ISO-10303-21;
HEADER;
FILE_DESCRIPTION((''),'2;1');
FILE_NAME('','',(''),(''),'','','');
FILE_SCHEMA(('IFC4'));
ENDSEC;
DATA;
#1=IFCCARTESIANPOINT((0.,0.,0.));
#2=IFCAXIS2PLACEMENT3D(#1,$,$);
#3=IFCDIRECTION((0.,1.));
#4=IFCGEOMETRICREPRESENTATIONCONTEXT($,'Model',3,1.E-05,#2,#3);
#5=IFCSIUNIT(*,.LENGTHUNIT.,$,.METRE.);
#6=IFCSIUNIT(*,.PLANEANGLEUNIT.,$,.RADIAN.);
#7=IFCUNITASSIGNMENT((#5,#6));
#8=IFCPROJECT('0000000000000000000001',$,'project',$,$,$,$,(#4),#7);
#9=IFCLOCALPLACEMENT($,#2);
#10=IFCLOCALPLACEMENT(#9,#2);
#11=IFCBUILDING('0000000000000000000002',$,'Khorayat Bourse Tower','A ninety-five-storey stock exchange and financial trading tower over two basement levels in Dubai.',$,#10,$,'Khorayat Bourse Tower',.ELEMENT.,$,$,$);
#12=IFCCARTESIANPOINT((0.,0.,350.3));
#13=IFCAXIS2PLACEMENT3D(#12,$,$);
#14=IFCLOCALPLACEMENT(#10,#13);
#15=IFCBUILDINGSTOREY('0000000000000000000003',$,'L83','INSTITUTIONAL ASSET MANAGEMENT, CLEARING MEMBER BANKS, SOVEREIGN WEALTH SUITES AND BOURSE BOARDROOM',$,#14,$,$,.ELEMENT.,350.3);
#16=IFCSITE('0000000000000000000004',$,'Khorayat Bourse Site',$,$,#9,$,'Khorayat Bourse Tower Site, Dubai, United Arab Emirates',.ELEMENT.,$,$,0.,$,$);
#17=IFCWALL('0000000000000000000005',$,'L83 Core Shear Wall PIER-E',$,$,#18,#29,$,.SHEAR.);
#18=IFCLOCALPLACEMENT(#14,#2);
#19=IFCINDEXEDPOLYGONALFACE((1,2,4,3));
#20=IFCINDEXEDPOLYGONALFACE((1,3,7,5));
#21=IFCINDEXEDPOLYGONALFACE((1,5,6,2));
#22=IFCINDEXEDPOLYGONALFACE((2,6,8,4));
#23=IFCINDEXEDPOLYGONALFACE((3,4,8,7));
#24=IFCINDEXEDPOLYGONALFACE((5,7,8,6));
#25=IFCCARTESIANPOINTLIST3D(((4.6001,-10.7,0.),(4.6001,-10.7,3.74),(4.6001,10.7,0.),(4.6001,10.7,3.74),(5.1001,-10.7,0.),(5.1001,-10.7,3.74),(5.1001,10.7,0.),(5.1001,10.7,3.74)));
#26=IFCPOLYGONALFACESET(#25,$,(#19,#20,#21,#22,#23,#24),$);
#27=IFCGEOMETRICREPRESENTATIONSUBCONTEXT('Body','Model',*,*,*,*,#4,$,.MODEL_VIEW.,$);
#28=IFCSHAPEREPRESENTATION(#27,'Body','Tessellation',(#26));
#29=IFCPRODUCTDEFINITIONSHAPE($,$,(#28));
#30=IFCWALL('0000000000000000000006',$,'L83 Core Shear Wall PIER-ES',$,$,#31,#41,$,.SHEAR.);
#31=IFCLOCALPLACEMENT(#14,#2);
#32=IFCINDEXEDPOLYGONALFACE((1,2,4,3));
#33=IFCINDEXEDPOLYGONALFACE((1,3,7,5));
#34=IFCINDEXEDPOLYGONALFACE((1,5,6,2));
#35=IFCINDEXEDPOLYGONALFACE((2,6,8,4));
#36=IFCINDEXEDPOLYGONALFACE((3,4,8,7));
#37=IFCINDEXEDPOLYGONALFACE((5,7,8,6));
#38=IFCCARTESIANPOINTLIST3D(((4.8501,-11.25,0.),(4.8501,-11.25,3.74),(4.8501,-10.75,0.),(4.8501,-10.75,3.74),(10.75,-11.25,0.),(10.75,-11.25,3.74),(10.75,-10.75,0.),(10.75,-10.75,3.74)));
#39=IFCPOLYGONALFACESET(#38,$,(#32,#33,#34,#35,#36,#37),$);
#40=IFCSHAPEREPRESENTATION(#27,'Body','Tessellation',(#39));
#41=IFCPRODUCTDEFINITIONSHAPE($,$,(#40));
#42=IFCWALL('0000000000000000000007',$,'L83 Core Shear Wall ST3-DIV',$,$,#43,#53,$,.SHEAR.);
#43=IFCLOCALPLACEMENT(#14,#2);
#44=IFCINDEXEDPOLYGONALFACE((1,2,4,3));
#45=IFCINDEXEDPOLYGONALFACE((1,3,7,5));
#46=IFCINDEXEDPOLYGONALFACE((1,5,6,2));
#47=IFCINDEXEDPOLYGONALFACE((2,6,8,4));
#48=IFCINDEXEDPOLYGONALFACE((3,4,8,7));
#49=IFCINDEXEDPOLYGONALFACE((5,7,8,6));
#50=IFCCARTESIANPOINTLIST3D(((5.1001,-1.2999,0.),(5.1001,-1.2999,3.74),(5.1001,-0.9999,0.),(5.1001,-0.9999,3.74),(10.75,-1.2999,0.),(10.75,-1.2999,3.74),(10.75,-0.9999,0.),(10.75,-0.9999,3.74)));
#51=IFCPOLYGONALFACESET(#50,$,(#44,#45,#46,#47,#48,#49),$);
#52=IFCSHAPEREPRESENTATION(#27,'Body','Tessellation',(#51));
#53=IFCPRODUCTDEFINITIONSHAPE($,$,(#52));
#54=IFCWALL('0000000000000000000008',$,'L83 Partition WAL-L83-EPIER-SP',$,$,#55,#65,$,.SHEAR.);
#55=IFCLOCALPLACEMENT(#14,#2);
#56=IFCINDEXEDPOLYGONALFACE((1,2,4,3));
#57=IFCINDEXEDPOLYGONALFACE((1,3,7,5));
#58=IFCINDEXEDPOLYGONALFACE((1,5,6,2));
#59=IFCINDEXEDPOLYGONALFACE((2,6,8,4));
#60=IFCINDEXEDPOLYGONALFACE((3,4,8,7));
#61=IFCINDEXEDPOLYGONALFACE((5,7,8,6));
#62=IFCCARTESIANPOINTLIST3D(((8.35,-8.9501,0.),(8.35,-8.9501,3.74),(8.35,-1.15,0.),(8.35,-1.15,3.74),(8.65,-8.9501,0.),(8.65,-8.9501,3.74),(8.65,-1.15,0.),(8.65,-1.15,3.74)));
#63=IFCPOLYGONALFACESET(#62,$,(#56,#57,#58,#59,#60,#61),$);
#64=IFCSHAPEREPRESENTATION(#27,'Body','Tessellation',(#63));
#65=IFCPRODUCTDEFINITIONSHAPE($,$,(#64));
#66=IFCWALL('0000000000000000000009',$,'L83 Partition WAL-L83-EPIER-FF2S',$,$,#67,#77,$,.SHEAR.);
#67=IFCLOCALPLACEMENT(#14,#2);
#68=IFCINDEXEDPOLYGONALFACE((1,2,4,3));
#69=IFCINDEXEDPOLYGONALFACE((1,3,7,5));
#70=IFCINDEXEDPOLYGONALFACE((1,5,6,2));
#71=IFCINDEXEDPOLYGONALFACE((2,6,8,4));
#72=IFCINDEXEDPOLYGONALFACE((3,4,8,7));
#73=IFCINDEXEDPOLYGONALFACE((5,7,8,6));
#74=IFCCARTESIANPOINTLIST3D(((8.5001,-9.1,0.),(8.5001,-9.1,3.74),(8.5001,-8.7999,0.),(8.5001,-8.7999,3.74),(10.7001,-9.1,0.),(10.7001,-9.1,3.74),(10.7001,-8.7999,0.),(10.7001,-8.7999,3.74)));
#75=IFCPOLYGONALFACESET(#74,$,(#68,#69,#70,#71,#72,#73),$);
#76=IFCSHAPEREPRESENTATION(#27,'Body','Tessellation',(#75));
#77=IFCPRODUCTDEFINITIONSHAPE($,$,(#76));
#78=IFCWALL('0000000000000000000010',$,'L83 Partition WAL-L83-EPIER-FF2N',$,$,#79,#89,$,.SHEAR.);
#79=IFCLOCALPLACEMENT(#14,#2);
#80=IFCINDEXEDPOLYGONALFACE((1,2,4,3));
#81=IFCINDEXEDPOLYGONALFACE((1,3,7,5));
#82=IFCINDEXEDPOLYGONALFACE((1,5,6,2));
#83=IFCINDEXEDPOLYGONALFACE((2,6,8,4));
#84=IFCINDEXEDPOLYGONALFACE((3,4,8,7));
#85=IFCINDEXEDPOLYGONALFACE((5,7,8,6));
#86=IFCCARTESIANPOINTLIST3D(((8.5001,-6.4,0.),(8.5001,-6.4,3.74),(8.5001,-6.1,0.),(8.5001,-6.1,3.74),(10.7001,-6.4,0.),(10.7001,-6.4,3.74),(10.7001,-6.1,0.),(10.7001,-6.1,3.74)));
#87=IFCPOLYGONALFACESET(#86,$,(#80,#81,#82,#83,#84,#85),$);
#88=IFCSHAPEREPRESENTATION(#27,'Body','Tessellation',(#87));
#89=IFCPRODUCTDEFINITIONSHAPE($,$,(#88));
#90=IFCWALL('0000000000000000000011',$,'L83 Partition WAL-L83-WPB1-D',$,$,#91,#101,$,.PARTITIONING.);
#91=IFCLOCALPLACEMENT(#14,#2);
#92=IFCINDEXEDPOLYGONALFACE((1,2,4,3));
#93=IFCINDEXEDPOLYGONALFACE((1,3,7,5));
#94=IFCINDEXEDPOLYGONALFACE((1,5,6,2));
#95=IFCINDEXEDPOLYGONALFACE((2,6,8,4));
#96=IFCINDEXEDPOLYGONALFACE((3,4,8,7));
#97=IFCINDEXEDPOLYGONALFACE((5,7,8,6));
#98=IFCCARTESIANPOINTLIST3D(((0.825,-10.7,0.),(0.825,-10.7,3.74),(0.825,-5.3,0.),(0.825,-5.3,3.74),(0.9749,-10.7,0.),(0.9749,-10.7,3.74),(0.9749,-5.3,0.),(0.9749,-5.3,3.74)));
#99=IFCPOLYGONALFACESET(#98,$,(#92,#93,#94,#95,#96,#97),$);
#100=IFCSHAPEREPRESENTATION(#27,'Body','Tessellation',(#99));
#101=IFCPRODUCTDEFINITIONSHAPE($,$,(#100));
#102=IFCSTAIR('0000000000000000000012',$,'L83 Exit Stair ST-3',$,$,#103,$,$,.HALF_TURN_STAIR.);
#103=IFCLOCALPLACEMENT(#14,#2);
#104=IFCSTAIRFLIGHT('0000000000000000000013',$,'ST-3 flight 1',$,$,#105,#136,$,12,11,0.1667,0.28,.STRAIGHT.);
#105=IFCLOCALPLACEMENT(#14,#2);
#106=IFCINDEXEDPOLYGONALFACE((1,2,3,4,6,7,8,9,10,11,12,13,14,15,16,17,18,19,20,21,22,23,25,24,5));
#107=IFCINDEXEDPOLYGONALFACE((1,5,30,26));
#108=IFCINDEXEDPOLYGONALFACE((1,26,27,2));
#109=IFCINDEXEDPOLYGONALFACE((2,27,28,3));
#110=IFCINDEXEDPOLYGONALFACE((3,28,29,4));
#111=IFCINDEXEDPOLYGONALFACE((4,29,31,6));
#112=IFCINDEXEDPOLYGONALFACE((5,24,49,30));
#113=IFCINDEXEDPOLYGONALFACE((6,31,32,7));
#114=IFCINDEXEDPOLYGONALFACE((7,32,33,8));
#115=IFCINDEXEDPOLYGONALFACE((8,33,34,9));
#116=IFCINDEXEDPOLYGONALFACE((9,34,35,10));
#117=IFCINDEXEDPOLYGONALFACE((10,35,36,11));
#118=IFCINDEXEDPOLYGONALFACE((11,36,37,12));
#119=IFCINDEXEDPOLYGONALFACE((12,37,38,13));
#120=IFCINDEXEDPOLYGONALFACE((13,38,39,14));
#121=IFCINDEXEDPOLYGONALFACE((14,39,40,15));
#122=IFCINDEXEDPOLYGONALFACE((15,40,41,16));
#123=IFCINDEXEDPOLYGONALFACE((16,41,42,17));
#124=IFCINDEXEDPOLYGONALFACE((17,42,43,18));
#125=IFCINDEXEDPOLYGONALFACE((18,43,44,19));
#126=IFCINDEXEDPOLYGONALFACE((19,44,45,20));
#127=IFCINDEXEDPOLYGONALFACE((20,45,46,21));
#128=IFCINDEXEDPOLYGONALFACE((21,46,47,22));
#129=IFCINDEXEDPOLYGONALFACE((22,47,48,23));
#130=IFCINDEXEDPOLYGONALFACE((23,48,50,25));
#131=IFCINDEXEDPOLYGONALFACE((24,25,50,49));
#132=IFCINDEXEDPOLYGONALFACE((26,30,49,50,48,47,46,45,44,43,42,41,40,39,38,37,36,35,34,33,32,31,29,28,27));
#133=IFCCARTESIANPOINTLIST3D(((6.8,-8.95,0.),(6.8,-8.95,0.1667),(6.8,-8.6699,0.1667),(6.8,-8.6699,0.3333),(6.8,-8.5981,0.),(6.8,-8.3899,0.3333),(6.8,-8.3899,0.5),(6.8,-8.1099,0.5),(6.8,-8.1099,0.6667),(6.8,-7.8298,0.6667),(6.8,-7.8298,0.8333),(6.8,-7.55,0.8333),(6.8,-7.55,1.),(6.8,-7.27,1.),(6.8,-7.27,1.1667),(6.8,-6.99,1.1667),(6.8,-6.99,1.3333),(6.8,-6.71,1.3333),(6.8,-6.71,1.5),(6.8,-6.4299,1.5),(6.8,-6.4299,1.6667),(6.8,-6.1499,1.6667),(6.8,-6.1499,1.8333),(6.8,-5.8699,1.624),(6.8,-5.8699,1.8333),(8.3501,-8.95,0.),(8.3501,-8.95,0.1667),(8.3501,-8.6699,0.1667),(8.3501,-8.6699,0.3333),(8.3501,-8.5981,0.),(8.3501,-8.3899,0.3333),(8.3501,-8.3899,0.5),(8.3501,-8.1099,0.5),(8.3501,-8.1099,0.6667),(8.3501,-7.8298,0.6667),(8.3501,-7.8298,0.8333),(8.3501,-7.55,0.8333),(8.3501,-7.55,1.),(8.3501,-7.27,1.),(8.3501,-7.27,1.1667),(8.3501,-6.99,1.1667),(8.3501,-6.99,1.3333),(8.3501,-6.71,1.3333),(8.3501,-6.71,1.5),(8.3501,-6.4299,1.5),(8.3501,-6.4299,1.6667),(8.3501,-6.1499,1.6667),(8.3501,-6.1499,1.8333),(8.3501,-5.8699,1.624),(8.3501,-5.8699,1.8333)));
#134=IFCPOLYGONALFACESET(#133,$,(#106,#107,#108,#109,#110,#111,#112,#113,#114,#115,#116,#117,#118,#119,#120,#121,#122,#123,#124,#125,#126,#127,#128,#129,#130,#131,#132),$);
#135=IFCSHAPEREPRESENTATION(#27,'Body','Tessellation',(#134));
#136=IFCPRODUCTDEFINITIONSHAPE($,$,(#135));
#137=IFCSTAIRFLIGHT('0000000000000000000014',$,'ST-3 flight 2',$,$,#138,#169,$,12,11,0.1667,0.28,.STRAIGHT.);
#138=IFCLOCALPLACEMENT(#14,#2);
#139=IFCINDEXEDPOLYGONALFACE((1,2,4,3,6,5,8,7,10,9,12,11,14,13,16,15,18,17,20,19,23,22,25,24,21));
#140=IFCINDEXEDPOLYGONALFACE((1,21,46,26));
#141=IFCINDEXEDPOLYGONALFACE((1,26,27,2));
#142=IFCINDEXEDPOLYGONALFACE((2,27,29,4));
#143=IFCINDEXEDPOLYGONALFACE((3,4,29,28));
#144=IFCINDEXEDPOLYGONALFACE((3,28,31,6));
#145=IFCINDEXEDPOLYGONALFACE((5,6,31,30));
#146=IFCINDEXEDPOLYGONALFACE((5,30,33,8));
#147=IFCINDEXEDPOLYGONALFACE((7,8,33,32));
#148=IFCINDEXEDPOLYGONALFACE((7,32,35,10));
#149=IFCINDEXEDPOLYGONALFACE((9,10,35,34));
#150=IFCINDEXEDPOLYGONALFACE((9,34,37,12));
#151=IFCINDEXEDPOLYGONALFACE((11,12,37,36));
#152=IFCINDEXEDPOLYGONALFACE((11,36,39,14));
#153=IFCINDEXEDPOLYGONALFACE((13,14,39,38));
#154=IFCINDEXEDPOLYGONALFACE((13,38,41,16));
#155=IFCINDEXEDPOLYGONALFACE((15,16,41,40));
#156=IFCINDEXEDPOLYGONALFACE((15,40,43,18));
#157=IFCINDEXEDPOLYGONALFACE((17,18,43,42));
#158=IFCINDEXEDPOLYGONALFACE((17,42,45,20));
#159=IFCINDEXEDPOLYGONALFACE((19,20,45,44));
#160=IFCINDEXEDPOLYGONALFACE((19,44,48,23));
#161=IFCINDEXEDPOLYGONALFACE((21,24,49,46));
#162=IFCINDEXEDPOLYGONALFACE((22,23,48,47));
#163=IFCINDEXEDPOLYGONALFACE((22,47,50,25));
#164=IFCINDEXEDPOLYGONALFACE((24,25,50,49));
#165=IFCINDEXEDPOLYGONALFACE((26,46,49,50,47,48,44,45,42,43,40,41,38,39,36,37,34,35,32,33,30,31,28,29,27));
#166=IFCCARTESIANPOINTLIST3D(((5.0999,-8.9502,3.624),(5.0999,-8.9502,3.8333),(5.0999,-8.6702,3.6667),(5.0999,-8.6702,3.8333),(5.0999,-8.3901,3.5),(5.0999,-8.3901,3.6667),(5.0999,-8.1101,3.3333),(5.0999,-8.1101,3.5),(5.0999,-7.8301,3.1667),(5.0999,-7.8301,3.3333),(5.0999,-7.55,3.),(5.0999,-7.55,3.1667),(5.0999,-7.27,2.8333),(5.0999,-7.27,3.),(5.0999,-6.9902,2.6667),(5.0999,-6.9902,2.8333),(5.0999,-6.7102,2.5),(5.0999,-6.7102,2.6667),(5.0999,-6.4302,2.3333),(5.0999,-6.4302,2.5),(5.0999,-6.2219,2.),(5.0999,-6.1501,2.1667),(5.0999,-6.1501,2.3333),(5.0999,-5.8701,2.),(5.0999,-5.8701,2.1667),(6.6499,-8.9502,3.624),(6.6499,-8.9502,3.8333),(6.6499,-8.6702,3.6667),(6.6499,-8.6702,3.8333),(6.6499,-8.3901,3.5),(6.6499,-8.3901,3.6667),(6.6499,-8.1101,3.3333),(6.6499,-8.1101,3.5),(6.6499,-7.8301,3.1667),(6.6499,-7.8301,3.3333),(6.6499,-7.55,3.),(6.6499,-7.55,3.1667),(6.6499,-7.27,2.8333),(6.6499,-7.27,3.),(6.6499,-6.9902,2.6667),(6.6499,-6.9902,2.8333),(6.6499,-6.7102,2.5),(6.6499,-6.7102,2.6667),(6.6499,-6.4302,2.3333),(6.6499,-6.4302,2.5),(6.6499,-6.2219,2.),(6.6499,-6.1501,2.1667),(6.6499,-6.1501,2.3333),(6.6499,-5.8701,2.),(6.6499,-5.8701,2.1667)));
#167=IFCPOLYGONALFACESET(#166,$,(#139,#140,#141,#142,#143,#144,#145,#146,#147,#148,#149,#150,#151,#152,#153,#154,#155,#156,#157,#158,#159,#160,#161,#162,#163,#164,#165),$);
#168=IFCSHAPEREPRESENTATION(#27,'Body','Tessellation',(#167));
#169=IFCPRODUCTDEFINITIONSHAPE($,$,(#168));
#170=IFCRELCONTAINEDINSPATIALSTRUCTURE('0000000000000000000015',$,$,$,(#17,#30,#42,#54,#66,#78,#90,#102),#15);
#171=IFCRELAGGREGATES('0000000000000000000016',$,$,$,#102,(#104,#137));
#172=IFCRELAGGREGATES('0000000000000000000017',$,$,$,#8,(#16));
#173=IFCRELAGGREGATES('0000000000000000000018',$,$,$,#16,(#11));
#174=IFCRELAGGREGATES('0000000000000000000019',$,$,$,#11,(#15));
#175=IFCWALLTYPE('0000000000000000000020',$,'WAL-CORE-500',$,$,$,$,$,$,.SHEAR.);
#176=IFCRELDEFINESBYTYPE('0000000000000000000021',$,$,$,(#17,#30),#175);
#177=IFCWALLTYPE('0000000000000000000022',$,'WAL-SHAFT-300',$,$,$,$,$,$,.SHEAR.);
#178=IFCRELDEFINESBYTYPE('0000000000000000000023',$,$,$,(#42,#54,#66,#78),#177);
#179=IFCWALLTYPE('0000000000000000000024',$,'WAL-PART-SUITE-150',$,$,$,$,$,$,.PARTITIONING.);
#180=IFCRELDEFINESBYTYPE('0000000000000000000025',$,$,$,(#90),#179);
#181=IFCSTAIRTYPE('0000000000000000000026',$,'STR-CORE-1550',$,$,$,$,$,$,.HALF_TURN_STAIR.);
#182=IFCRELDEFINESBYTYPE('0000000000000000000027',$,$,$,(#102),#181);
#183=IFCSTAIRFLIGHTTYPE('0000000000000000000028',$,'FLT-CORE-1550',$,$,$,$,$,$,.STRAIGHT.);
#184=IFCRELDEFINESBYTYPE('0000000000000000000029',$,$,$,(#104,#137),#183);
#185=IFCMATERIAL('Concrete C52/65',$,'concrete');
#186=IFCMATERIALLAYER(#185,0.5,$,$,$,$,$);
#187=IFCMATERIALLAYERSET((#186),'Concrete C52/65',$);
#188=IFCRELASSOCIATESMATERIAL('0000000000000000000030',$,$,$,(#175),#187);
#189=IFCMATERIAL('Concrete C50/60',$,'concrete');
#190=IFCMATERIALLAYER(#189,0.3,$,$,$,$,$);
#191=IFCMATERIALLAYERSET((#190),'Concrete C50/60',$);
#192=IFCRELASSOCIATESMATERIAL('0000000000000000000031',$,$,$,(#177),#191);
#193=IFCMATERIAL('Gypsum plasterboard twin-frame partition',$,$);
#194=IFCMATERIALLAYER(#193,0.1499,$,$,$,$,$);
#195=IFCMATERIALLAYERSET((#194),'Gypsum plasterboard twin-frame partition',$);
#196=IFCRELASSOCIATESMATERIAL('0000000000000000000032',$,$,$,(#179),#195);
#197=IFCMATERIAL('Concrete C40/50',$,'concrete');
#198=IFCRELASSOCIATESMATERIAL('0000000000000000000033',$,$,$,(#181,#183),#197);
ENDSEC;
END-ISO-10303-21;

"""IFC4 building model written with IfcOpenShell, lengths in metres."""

from ifc_helpers import new_model, si_unit, direction, frame, frame_2d, origin, place, context, subcontext, project, spatial, polyline, rectangle, outline, extrude, source, transform, mapped, material, layer, layer_set, type_object, element, aggregate, save


model = new_model("IFC4")

# Units and contexts
model_context = context("Model", 3, precision=1e-05, world=origin(), true_north=direction((0.0, 1.0)))
body_context = subcontext(model_context, "Body", "Model", "MODEL_VIEW")
ifc_project = project(units=[si_unit("LENGTHUNIT", "METRE"), si_unit("PLANEANGLEUNIT", "RADIAN")], contexts=[model_context])

# Site, building, storey
site_placement = place(None, origin())
site = spatial("IfcSite", under=ifc_project, at=site_placement, Name="Khorayat Bourse Site", LongName="Khorayat Bourse Tower Site, Dubai, United Arab Emirates", CompositionType="ELEMENT", RefElevation=0.0)
building_placement = place(site_placement, origin())
building = spatial("IfcBuilding", under=site, at=building_placement, Name="Khorayat Bourse Tower", Description="A ninety-five-storey stock exchange and financial trading tower over two basement levels in Dubai.", LongName="Khorayat Bourse Tower", CompositionType="ELEMENT")
storey_placement = place(building_placement, frame((0.0, 0.0, 350.3)))
storey = spatial("IfcBuildingStorey", under=building, at=storey_placement, Name="L83", Description="INSTITUTIONAL ASSET MANAGEMENT, CLEARING MEMBER BANKS, SOVEREIGN WEALTH SUITES AND BOURSE BOARDROOM", CompositionType="ELEMENT", Elevation=350.3)

# Shared definitions
ifc_material_1 = material(Name="Concrete C52/65", Category="concrete")

# Shared definitions
ifc_material_2 = material(Name="Concrete C40/50", Category="concrete")

# Shared definitions
ifc_layer_1 = layer(ifc_material_1, 0.5)
ifc_layer_set_1 = layer_set([ifc_layer_1], Name="Concrete C52/65")
wall_type_1 = type_object("IfcWallType", Name="WAL-CORE-500", PredefinedType="SHEAR", material=ifc_layer_set_1)

# Walls
shared_shape_1 = source(origin(), body_context, "Body", "SweptSolid", [
    extrude(rectangle(XDim=21.3999, YDim=0.5, at=frame_2d((10.7, 0.0))), origin(), (0.0, 0.0, 1.0), 3.74),
])
wall_1_placement = place(storey_placement, frame((4.8501, -10.7, 0.0), z_axis=(0.0, 0.0, 1.0), x_axis=(0.0, 1.0, 0.0)))
element("IfcWall", 1, at=wall_1_placement, inside=storey, type_object=wall_type_1, Name="L83 Core Shear Wall PIER-E", PredefinedType="SHEAR", context=body_context, shape_type="MappedRepresentation", body=[
    mapped(shared_shape_1, transform((0.0, 0.0, 0.0), scale=1.0)),
])
shared_shape_2 = source(origin(), body_context, "Body", "SweptSolid", [
    extrude(rectangle(XDim=5.8999, YDim=0.5, at=frame_2d((2.95, 0.0))), origin(), (0.0, 0.0, 1.0), 3.74),
])
wall_2_placement = place(storey_placement, frame((4.8501, -11.0, 0.0), z_axis=(0.0, 0.0, 1.0), x_axis=(1.0, 0.0, 0.0)))
element("IfcWall", 2, at=wall_2_placement, inside=storey, type_object=wall_type_1, Name="L83 Core Shear Wall PIER-ES", PredefinedType="SHEAR", context=body_context, shape_type="MappedRepresentation", body=[
    mapped(shared_shape_2, transform((0.0, 0.0, 0.0), scale=1.0)),
])
ifc_material_3 = material(Name="Concrete C50/60", Category="concrete")
ifc_layer_2 = layer(ifc_material_3, 0.3)
ifc_layer_set_2 = layer_set([ifc_layer_2], Name="Concrete C50/60")
wall_type_2 = type_object("IfcWallType", Name="WAL-SHAFT-300", PredefinedType="SHEAR", material=ifc_layer_set_2)
shared_shape_3 = source(origin(), body_context, "Body", "SweptSolid", [
    extrude(rectangle(XDim=5.6499, YDim=0.3, at=frame_2d((2.825, 0.0))), origin(), (0.0, 0.0, 1.0), 3.74),
])
wall_3_placement = place(storey_placement, frame((5.1001, -1.1499, 0.0), z_axis=(0.0, 0.0, 1.0), x_axis=(1.0, 0.0, 0.0)))
element("IfcWall", 3, at=wall_3_placement, inside=storey, type_object=wall_type_2, Name="L83 Core Shear Wall ST3-DIV", PredefinedType="SHEAR", context=body_context, shape_type="MappedRepresentation", body=[
    mapped(shared_shape_3, transform((0.0, 0.0, 0.0), scale=1.0)),
])
shared_shape_4 = source(origin(), body_context, "Body", "SweptSolid", [
    extrude(rectangle(XDim=7.8, YDim=0.3, at=frame_2d((3.8999, 0.0))), origin(), (0.0, 0.0, 1.0), 3.74),
])
wall_4_placement = place(storey_placement, frame((8.5, -8.95, 0.0), z_axis=(0.0, 0.0, 1.0), x_axis=(0.0, 1.0, 0.0)))
element("IfcWall", 4, at=wall_4_placement, inside=storey, type_object=wall_type_2, Name="L83 Partition WAL-L83-EPIER-SP", PredefinedType="SHEAR", context=body_context, shape_type="MappedRepresentation", body=[
    mapped(shared_shape_4, transform((0.0, 0.0, 0.0), scale=1.0)),
])
shared_shape_5 = source(origin(), body_context, "Body", "SweptSolid", [
    extrude(rectangle(XDim=2.2, YDim=0.3, at=frame_2d((1.1001, 0.0))), origin(), (0.0, 0.0, 1.0), 3.74),
])
for number, where, z_axis, x_axis, name in (
    (5, (8.5, -8.95, 0.0), (0.0, 0.0, 1.0), (1.0, 0.0, 0.0), "L83 Partition WAL-L83-EPIER-FF2S"),
    (6, (8.5, -6.25, 0.0), (0.0, 0.0, 1.0), (1.0, 0.0, 0.0), "L83 Partition WAL-L83-EPIER-FF2N"),
):
    element("IfcWall", number, at=place(storey_placement, frame(where, z_axis=z_axis, x_axis=x_axis)), inside=storey, type_object=wall_type_2, Name=name, PredefinedType="SHEAR", context=body_context, shape_type="MappedRepresentation", body=[
        mapped(shared_shape_5, transform((0.0, 0.0, 0.0), scale=1.0)),
    ])
ifc_material_4 = material(Name="Gypsum plasterboard twin-frame partition")
ifc_layer_3 = layer(ifc_material_4, 0.1499)
ifc_layer_set_3 = layer_set([ifc_layer_3], Name="Gypsum plasterboard twin-frame partition")
wall_type_3 = type_object("IfcWallType", Name="WAL-PART-SUITE-150", PredefinedType="PARTITIONING", material=ifc_layer_set_3)
shared_shape_6 = source(origin(), body_context, "Body", "SweptSolid", [
    extrude(rectangle(XDim=5.3999, YDim=0.1499, at=frame_2d((2.7, 0.0))), origin(), (0.0, 0.0, 1.0), 3.74),
])
wall_5_placement = place(storey_placement, frame((0.8999, -10.7, 0.0), z_axis=(0.0, 0.0, 1.0), x_axis=(0.0, 1.0, 0.0)))
element("IfcWall", 7, at=wall_5_placement, inside=storey, type_object=wall_type_3, Name="L83 Partition WAL-L83-WPB1-D", PredefinedType="PARTITIONING", context=body_context, shape_type="MappedRepresentation", body=[
    mapped(shared_shape_6, transform((0.0, 0.0, 0.0), scale=1.0)),
])

# Stair, stair flights
stair_type = type_object("IfcStairType", Name="STR-CORE-1550", PredefinedType="HALF_TURN_STAIR", material=ifc_material_2)
stair_placement = place(storey_placement, origin())
stair = element("IfcStair", 8, at=stair_placement, inside=storey, type_object=stair_type, Name="L83 Exit Stair ST-3", PredefinedType="HALF_TURN_STAIR")
stair_flight_type = type_object("IfcStairFlightType", Name="FLT-CORE-1550", PredefinedType="STRAIGHT", material=ifc_material_2)
shared_shape_7 = source(origin(), body_context, "Body", "SweptSolid", [
    extrude(outline(polyline([(0.0, 0.0), (0.0, 0.1667), (0.28, 0.1667), (0.28, 0.3333), (0.5601, 0.3333), (0.5601, 0.5), (0.8401, 0.5), (0.8401, 0.6667), (1.1201, 0.6667), (1.1201, 0.8333), (1.3999, 0.8333), (1.3999, 1.0), (1.6799, 1.0), (1.6799, 1.1667), (1.96, 1.1667), (1.96, 1.3333), (2.24, 1.3333), (2.24, 1.5), (2.52, 1.5), (2.52, 1.6667), (2.8, 1.6667), (2.8, 1.8333), (3.0801, 1.8333), (3.0801, 2.0), (3.0801, 1.624), (0.3518, 0.0), (0.0, 0.0)])), frame((0.0, 0.7749, 0.0), z_axis=(0.0, -1.0, 0.0), x_axis=(1.0, 0.0, 0.0)), (0.0, 0.0, 1.0), 1.55),
])
stair_flight_1_placement = place(storey_placement, frame((7.575, -8.95, 0.0), z_axis=(0.0, 0.0, 1.0), x_axis=(0.0, 1.0, 0.0)))
stair_flight_1 = element("IfcStairFlight", 9, at=stair_flight_1_placement, type_object=stair_flight_type, Name="ST-3 flight 1", NumberOfRisers=12, NumberOfTreads=11, PredefinedType="STRAIGHT", RiserHeight=0.1667, TreadLength=0.28, context=body_context, shape_type="MappedRepresentation", body=[
    mapped(shared_shape_7, transform((0.0, 0.0, 0.0), scale=1.0)),
])
stair_flight_2_placement = place(storey_placement, frame((5.875, -5.8701, 2.0), z_axis=(0.0, 0.0, 1.0), x_axis=(0.0, -1.0, 0.0)))
stair_flight_2 = element("IfcStairFlight", 10, at=stair_flight_2_placement, type_object=stair_flight_type, Name="ST-3 flight 2", NumberOfRisers=12, NumberOfTreads=11, PredefinedType="STRAIGHT", RiserHeight=0.1667, TreadLength=0.28, context=body_context, shape_type="MappedRepresentation", body=[
    mapped(shared_shape_7, transform((0.0, 0.0, 0.0), scale=1.0)),
])
aggregate(stair, [stair_flight_1, stair_flight_2])

save(model, "model.ifc")
